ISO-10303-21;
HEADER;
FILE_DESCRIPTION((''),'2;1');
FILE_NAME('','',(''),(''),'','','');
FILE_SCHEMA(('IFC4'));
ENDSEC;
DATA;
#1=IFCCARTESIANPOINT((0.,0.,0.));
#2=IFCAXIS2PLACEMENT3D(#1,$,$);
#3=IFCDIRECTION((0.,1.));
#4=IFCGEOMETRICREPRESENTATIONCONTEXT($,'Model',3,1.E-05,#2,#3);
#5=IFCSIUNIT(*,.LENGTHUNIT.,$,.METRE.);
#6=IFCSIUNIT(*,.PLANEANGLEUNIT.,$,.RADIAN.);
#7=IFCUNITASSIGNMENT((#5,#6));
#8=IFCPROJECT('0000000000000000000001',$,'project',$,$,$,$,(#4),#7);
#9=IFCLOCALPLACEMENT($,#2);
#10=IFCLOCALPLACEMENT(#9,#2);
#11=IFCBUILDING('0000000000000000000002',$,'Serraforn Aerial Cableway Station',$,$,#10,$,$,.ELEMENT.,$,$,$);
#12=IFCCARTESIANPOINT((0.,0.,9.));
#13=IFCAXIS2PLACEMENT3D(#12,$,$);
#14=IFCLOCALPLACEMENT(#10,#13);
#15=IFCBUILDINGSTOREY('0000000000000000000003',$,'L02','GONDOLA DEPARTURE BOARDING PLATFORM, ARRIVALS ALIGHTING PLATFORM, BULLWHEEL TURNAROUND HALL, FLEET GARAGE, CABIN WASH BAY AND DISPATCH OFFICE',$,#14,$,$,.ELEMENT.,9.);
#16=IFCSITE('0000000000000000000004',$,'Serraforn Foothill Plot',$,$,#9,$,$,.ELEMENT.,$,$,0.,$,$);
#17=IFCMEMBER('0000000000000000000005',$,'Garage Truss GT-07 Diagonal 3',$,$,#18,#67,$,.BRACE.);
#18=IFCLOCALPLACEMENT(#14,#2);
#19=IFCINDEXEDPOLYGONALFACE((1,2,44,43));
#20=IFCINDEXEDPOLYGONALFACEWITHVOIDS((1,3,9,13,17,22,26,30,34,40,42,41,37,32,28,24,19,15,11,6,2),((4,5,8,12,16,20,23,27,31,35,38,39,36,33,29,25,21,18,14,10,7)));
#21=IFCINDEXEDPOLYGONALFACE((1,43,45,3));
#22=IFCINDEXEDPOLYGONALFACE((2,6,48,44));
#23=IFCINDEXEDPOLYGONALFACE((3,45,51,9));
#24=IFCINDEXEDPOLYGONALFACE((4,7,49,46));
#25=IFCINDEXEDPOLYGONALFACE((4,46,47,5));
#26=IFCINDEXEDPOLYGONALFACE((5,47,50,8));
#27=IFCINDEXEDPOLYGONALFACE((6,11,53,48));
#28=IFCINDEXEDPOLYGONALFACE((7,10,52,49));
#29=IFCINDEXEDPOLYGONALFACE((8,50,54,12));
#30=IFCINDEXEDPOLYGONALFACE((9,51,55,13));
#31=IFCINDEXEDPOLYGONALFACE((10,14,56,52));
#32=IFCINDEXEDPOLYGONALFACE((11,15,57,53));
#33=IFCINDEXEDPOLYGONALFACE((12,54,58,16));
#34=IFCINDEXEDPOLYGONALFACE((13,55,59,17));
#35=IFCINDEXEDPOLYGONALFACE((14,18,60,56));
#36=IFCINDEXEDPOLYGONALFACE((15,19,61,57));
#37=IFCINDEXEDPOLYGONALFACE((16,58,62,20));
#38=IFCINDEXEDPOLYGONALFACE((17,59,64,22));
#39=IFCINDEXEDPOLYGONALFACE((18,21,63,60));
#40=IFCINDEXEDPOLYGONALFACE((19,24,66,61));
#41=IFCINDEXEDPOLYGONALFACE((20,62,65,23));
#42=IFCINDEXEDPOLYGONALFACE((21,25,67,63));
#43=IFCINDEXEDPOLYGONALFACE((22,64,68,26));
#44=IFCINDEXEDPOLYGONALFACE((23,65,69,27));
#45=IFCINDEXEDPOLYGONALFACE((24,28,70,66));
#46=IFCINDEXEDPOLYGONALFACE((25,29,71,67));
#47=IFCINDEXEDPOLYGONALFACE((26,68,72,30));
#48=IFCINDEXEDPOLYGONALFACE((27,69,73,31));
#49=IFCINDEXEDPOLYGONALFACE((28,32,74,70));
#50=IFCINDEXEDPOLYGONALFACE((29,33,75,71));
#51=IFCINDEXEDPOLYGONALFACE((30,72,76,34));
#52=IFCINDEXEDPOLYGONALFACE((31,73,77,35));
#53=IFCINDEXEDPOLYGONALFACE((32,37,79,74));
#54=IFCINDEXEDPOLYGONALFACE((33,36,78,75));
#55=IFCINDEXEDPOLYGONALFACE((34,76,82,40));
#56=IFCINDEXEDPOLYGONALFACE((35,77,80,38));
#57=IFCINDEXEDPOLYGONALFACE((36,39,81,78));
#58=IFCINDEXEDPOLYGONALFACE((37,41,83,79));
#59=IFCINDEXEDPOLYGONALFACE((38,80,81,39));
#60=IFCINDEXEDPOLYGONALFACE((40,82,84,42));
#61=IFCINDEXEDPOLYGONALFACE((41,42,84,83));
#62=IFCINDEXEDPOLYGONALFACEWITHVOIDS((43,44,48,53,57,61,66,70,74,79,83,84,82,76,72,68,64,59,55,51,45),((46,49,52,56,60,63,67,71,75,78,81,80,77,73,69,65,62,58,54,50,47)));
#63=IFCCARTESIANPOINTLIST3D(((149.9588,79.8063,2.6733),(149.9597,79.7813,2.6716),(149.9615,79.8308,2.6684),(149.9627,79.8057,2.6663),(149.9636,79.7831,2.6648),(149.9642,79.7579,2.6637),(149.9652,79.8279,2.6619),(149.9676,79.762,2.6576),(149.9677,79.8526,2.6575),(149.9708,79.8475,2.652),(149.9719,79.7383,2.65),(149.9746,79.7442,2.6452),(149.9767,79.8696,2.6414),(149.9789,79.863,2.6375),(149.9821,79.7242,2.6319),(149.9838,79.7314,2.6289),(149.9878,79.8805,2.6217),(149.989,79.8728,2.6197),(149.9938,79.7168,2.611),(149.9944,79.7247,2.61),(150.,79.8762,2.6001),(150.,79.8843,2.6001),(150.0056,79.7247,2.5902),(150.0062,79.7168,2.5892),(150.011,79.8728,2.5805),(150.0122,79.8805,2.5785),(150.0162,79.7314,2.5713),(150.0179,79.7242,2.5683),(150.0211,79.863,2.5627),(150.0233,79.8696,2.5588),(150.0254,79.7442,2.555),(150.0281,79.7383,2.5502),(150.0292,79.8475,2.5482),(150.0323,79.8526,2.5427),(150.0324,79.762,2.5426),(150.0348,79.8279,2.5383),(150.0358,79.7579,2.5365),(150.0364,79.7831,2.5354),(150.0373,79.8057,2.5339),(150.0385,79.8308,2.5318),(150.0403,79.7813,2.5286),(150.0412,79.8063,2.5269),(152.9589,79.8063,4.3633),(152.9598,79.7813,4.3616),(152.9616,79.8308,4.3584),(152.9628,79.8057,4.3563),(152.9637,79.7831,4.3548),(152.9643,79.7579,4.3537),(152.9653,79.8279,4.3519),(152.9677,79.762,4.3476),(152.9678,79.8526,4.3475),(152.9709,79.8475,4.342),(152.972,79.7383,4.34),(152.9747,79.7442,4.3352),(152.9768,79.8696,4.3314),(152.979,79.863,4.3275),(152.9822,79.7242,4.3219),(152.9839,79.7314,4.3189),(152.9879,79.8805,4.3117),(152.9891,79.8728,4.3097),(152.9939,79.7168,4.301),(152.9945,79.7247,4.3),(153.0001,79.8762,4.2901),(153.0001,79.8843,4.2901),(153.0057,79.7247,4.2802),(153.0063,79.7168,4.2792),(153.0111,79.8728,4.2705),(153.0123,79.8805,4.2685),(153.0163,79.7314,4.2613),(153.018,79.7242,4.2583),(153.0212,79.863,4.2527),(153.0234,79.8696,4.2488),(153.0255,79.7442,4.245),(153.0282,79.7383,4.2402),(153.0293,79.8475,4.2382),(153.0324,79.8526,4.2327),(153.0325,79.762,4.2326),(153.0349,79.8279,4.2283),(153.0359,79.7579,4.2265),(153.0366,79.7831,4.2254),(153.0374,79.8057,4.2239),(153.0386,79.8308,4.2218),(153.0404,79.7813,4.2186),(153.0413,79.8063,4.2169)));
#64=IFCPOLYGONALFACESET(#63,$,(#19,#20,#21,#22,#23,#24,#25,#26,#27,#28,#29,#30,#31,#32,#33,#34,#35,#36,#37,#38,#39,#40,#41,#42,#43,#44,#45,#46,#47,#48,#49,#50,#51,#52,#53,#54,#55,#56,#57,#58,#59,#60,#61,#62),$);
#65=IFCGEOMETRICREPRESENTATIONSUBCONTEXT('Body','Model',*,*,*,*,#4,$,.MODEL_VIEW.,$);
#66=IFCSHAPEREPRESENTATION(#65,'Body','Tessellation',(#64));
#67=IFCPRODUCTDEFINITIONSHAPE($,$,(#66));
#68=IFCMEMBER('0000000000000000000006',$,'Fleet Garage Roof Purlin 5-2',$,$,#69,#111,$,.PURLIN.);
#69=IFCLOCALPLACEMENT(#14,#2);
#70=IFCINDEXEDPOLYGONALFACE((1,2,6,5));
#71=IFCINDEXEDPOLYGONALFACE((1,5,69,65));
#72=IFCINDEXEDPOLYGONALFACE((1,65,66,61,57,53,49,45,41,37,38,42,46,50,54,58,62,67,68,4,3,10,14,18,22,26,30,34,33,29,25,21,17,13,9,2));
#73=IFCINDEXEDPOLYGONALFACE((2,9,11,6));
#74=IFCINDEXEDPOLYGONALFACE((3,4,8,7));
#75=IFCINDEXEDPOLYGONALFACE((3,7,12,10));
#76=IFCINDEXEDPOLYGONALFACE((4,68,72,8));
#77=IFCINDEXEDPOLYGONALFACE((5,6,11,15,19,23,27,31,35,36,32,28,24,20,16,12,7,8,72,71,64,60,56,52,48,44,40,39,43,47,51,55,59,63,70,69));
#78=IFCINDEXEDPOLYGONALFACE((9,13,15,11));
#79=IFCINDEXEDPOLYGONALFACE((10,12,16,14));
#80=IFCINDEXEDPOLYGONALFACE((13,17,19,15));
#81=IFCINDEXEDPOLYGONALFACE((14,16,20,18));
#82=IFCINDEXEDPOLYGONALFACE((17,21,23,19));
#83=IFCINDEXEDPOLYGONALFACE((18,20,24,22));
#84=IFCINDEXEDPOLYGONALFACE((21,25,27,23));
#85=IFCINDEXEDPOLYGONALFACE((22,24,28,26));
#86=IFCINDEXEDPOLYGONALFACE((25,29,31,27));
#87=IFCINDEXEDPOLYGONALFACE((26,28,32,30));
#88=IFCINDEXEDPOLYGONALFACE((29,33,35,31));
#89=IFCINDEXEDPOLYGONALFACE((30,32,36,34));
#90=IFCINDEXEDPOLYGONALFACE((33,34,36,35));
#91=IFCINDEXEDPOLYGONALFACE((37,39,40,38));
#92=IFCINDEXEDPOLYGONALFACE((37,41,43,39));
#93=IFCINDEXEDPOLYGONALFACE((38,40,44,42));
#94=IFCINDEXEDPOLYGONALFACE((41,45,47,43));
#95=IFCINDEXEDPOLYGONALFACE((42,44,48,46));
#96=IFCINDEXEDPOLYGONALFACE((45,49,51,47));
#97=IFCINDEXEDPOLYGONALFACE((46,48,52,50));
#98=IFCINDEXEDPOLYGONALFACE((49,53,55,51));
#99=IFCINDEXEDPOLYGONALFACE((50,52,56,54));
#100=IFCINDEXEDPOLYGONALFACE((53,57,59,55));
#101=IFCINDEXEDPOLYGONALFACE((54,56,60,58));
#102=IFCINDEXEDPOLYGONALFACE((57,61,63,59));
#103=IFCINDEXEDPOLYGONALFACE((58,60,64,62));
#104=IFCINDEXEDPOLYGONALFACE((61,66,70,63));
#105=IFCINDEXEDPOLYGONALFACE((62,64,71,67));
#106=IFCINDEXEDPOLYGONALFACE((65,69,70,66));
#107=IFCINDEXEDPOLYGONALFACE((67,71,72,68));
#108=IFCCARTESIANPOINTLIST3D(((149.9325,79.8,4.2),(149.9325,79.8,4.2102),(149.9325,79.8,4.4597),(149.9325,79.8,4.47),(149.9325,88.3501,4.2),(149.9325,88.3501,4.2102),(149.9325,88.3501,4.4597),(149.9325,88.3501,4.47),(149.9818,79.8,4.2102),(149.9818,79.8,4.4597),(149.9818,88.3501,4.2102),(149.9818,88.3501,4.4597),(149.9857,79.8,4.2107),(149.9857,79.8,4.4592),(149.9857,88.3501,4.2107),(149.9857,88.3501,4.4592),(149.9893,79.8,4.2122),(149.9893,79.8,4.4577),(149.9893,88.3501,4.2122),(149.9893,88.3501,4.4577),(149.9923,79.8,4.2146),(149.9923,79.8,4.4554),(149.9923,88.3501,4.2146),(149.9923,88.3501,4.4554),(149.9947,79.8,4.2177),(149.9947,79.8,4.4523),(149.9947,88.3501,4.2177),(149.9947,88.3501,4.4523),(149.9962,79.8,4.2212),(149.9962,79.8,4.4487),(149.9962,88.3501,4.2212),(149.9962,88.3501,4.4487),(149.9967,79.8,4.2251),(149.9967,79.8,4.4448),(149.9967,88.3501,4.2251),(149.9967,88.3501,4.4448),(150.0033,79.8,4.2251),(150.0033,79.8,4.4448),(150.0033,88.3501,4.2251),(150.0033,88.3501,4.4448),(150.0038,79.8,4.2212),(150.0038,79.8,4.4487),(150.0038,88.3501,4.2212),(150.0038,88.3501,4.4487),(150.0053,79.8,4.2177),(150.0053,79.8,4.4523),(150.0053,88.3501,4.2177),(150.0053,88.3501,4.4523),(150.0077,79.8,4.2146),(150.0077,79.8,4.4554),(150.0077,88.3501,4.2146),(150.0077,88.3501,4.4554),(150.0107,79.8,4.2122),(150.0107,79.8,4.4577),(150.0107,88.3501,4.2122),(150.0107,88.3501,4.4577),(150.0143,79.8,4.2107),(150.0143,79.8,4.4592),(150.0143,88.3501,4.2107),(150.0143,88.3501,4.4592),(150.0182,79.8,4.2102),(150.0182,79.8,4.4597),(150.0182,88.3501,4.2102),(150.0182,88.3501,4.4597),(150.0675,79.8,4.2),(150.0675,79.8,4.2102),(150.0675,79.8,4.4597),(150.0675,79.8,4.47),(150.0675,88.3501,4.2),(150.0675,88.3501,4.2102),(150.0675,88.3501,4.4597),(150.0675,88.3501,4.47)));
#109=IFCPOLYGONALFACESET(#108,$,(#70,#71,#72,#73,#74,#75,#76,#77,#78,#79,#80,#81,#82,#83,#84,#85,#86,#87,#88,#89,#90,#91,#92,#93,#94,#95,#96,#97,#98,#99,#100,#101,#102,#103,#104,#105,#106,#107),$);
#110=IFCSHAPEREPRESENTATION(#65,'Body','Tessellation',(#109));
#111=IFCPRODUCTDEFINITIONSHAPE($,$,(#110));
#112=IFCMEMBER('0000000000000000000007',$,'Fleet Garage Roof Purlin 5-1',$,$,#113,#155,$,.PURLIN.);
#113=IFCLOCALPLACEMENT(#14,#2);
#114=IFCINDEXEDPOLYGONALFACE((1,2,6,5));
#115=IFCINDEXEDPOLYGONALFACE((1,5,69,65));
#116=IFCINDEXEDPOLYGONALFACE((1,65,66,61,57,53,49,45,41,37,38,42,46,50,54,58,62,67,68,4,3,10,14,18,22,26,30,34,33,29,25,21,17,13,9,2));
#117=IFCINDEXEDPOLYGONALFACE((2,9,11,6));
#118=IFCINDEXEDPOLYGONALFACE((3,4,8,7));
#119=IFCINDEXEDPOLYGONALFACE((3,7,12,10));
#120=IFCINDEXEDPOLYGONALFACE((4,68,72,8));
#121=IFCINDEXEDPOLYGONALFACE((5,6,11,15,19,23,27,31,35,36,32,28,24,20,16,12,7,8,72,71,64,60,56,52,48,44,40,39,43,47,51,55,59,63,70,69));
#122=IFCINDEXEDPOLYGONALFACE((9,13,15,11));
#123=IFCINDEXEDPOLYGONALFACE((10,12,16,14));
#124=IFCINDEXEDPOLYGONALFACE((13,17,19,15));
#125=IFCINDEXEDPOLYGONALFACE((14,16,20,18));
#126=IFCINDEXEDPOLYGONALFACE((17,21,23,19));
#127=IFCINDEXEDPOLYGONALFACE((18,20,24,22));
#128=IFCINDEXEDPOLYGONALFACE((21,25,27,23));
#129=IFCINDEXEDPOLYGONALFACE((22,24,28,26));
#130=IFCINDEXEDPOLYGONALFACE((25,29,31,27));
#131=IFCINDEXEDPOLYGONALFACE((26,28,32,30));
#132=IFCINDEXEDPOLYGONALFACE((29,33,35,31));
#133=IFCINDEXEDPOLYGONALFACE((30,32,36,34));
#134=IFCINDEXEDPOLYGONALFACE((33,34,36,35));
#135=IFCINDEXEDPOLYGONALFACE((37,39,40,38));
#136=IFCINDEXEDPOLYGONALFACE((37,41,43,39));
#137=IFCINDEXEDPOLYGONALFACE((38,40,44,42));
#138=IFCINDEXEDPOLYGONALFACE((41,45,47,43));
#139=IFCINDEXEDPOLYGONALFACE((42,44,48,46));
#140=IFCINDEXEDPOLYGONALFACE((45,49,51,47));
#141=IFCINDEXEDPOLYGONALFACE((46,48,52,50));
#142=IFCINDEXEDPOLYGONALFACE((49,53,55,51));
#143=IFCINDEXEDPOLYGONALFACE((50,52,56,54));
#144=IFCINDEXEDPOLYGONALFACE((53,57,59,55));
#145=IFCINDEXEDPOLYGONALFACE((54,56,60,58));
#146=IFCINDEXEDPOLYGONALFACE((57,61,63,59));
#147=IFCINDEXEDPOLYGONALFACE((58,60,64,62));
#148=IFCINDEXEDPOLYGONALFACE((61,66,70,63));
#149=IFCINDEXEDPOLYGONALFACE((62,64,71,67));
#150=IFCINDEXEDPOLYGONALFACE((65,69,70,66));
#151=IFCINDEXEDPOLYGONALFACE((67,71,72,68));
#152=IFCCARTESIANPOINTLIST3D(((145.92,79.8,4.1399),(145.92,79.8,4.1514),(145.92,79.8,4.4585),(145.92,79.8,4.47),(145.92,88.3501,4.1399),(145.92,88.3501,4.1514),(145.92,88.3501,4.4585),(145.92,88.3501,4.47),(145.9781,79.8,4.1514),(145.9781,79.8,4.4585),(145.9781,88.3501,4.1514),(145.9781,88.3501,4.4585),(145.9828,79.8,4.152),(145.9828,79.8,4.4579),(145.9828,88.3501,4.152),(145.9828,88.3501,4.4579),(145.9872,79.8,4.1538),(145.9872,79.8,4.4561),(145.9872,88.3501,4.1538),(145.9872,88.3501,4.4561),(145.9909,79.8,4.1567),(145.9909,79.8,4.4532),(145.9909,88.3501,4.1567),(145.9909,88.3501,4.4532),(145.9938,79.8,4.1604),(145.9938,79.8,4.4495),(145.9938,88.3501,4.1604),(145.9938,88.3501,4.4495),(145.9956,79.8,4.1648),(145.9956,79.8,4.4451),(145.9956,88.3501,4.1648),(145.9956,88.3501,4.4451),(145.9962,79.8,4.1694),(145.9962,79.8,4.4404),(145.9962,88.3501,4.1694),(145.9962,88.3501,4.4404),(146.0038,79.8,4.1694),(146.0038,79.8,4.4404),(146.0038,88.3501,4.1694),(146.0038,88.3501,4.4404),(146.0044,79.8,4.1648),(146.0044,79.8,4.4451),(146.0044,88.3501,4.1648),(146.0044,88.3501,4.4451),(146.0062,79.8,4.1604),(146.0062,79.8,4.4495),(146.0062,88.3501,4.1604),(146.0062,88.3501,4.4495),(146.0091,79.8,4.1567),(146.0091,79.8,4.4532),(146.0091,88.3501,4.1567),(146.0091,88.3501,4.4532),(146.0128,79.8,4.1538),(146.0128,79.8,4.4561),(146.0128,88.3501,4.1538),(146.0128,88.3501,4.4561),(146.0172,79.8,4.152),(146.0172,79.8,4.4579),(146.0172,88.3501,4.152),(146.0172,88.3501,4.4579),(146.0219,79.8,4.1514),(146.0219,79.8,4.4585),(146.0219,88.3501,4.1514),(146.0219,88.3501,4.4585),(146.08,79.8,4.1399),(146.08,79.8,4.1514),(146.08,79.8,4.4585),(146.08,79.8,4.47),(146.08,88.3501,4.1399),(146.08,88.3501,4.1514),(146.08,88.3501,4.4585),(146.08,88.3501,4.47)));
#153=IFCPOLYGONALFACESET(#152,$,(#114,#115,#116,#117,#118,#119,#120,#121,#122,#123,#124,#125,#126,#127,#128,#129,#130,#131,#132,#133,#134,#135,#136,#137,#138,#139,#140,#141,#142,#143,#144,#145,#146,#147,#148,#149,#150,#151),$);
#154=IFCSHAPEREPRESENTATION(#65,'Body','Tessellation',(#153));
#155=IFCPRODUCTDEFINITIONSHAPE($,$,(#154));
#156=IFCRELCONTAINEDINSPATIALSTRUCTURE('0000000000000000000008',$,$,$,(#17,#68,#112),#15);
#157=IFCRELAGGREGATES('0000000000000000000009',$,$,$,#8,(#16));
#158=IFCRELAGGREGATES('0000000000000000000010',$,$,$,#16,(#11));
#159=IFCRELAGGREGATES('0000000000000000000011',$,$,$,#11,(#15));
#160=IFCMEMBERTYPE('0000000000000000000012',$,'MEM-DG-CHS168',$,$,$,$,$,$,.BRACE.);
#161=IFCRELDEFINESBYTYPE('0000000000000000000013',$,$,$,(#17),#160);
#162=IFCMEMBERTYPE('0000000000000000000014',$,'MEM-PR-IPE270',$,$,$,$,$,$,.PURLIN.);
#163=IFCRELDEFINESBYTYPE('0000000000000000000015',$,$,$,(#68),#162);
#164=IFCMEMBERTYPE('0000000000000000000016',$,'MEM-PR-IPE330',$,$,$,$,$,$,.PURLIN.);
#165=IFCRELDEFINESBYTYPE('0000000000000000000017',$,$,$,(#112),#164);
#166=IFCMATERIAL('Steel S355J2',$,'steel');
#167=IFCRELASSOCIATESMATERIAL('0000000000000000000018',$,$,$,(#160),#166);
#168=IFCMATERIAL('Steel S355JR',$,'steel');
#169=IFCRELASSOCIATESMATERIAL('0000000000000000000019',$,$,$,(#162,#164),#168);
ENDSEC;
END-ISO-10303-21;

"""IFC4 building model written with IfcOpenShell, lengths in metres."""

from ifc_helpers import new_model, si_unit, direction, frame, origin, origin_2d, place, context, subcontext, project, spatial, hollow_circle, i_section, extrude, material, material_profile, profile_set, type_object, element, save


model = new_model("IFC4")

# Units and contexts
model_context = context("Model", 3, precision=1e-05, world=origin(), true_north=direction((0.0, 1.0)))
body_context = subcontext(model_context, "Body", "Model", "MODEL_VIEW")
ifc_project = project(units=[si_unit("LENGTHUNIT", "METRE"), si_unit("PLANEANGLEUNIT", "RADIAN")], contexts=[model_context])

# Site, building, storey
site_placement = place(None, origin())
site = spatial("IfcSite", under=ifc_project, at=site_placement, Name="Serraforn Foothill Plot", CompositionType="ELEMENT", RefElevation=0.0)
building_placement = place(site_placement, origin())
building = spatial("IfcBuilding", under=site, at=building_placement, Name="Serraforn Aerial Cableway Station", CompositionType="ELEMENT")
storey_placement = place(building_placement, frame((0.0, 0.0, 9.0)))
storey = spatial("IfcBuildingStorey", under=building, at=storey_placement, Name="L02", Description="GONDOLA DEPARTURE BOARDING PLATFORM, ARRIVALS ALIGHTING PLATFORM, BULLWHEEL TURNAROUND HALL, FLEET GARAGE, CABIN WASH BAY AND DISPATCH OFFICE", CompositionType="ELEMENT", Elevation=9.0)

# Members
ifc_material_1 = material(Name="Steel S355J2", Category="steel")
ifc_material_profile_1 = material_profile(ifc_material_1, hollow_circle(Radius=0.0842, WallThickness=0.0081, at=origin_2d()), Name="CHS 168.3x8.0")
ifc_profile_set_1 = profile_set([ifc_material_profile_1], Name="Steel S355J2")
member_type_1 = type_object("IfcMemberType", Name="MEM-DG-CHS168", PredefinedType="BRACE", material=ifc_profile_set_1)
for number, where, z_axis, x_axis, name in (
    (1, (150.0, 79.8, 2.6001), (0.871272, 0.0, 0.4908), (0.0, 1.0, 0.0), "Garage Truss GT-07 Diagonal 3"),
):
    element("IfcMember", number, at=place(storey_placement, frame(where, z_axis=z_axis, x_axis=x_axis)), inside=storey, type_object=member_type_1, Name=name, PredefinedType="BRACE", context=body_context, shape_type="SweptSolid", body=[
        extrude(hollow_circle(Radius=0.0842, WallThickness=0.0081, at=origin_2d()), origin(), (0.0, 0.0, 1.0), 3.4434),
    ])
ifc_material_2 = material(Name="Steel S355JR", Category="steel")
ifc_material_profile_2 = material_profile(ifc_material_2, i_section(OverallWidth=0.135, OverallDepth=0.27, WebThickness=0.0066, FlangeThickness=0.0103, FilletRadius=0.0149, at=origin_2d()), Name="IPE 270")
ifc_profile_set_2 = profile_set([ifc_material_profile_2], Name="Steel S355JR")
member_type_2 = type_object("IfcMemberType", Name="MEM-PR-IPE270", PredefinedType="PURLIN", material=ifc_profile_set_2)
member_1_placement = place(storey_placement, frame((150.0, 79.8, 4.335), z_axis=(0.0, 1.0, 0.0), x_axis=(-1.0, 0.0, 0.0)))
element("IfcMember", 2, at=member_1_placement, inside=storey, type_object=member_type_2, Name="Fleet Garage Roof Purlin 5-2", PredefinedType="PURLIN", context=body_context, shape_type="SweptSolid", body=[
    extrude(i_section(OverallWidth=0.135, OverallDepth=0.27, WebThickness=0.0066, FlangeThickness=0.0103, FilletRadius=0.0149, at=origin_2d()), origin(), (0.0, 0.0, 1.0), 8.55),
])
ifc_material_profile_3 = material_profile(ifc_material_2, i_section(OverallWidth=0.1599, OverallDepth=0.3301, WebThickness=0.0076, FlangeThickness=0.0115, FilletRadius=0.0181, at=origin_2d()), Name="IPE 330")
ifc_profile_set_3 = profile_set([ifc_material_profile_3], Name="Steel S355JR")
member_type_3 = type_object("IfcMemberType", Name="MEM-PR-IPE330", PredefinedType="PURLIN", material=ifc_profile_set_3)
member_2_placement = place(storey_placement, frame((146.0, 79.8, 4.3049), z_axis=(0.0, 1.0, 0.0), x_axis=(-1.0, 0.0, 0.0)))
element("IfcMember", 3, at=member_2_placement, inside=storey, type_object=member_type_3, Name="Fleet Garage Roof Purlin 5-1", PredefinedType="PURLIN", context=body_context, shape_type="SweptSolid", body=[
    extrude(i_section(OverallWidth=0.1599, OverallDepth=0.3301, WebThickness=0.0076, FlangeThickness=0.0115, FilletRadius=0.0181, at=origin_2d()), origin(), (0.0, 0.0, 1.0), 8.55),
])

save(model, "model.ifc")
